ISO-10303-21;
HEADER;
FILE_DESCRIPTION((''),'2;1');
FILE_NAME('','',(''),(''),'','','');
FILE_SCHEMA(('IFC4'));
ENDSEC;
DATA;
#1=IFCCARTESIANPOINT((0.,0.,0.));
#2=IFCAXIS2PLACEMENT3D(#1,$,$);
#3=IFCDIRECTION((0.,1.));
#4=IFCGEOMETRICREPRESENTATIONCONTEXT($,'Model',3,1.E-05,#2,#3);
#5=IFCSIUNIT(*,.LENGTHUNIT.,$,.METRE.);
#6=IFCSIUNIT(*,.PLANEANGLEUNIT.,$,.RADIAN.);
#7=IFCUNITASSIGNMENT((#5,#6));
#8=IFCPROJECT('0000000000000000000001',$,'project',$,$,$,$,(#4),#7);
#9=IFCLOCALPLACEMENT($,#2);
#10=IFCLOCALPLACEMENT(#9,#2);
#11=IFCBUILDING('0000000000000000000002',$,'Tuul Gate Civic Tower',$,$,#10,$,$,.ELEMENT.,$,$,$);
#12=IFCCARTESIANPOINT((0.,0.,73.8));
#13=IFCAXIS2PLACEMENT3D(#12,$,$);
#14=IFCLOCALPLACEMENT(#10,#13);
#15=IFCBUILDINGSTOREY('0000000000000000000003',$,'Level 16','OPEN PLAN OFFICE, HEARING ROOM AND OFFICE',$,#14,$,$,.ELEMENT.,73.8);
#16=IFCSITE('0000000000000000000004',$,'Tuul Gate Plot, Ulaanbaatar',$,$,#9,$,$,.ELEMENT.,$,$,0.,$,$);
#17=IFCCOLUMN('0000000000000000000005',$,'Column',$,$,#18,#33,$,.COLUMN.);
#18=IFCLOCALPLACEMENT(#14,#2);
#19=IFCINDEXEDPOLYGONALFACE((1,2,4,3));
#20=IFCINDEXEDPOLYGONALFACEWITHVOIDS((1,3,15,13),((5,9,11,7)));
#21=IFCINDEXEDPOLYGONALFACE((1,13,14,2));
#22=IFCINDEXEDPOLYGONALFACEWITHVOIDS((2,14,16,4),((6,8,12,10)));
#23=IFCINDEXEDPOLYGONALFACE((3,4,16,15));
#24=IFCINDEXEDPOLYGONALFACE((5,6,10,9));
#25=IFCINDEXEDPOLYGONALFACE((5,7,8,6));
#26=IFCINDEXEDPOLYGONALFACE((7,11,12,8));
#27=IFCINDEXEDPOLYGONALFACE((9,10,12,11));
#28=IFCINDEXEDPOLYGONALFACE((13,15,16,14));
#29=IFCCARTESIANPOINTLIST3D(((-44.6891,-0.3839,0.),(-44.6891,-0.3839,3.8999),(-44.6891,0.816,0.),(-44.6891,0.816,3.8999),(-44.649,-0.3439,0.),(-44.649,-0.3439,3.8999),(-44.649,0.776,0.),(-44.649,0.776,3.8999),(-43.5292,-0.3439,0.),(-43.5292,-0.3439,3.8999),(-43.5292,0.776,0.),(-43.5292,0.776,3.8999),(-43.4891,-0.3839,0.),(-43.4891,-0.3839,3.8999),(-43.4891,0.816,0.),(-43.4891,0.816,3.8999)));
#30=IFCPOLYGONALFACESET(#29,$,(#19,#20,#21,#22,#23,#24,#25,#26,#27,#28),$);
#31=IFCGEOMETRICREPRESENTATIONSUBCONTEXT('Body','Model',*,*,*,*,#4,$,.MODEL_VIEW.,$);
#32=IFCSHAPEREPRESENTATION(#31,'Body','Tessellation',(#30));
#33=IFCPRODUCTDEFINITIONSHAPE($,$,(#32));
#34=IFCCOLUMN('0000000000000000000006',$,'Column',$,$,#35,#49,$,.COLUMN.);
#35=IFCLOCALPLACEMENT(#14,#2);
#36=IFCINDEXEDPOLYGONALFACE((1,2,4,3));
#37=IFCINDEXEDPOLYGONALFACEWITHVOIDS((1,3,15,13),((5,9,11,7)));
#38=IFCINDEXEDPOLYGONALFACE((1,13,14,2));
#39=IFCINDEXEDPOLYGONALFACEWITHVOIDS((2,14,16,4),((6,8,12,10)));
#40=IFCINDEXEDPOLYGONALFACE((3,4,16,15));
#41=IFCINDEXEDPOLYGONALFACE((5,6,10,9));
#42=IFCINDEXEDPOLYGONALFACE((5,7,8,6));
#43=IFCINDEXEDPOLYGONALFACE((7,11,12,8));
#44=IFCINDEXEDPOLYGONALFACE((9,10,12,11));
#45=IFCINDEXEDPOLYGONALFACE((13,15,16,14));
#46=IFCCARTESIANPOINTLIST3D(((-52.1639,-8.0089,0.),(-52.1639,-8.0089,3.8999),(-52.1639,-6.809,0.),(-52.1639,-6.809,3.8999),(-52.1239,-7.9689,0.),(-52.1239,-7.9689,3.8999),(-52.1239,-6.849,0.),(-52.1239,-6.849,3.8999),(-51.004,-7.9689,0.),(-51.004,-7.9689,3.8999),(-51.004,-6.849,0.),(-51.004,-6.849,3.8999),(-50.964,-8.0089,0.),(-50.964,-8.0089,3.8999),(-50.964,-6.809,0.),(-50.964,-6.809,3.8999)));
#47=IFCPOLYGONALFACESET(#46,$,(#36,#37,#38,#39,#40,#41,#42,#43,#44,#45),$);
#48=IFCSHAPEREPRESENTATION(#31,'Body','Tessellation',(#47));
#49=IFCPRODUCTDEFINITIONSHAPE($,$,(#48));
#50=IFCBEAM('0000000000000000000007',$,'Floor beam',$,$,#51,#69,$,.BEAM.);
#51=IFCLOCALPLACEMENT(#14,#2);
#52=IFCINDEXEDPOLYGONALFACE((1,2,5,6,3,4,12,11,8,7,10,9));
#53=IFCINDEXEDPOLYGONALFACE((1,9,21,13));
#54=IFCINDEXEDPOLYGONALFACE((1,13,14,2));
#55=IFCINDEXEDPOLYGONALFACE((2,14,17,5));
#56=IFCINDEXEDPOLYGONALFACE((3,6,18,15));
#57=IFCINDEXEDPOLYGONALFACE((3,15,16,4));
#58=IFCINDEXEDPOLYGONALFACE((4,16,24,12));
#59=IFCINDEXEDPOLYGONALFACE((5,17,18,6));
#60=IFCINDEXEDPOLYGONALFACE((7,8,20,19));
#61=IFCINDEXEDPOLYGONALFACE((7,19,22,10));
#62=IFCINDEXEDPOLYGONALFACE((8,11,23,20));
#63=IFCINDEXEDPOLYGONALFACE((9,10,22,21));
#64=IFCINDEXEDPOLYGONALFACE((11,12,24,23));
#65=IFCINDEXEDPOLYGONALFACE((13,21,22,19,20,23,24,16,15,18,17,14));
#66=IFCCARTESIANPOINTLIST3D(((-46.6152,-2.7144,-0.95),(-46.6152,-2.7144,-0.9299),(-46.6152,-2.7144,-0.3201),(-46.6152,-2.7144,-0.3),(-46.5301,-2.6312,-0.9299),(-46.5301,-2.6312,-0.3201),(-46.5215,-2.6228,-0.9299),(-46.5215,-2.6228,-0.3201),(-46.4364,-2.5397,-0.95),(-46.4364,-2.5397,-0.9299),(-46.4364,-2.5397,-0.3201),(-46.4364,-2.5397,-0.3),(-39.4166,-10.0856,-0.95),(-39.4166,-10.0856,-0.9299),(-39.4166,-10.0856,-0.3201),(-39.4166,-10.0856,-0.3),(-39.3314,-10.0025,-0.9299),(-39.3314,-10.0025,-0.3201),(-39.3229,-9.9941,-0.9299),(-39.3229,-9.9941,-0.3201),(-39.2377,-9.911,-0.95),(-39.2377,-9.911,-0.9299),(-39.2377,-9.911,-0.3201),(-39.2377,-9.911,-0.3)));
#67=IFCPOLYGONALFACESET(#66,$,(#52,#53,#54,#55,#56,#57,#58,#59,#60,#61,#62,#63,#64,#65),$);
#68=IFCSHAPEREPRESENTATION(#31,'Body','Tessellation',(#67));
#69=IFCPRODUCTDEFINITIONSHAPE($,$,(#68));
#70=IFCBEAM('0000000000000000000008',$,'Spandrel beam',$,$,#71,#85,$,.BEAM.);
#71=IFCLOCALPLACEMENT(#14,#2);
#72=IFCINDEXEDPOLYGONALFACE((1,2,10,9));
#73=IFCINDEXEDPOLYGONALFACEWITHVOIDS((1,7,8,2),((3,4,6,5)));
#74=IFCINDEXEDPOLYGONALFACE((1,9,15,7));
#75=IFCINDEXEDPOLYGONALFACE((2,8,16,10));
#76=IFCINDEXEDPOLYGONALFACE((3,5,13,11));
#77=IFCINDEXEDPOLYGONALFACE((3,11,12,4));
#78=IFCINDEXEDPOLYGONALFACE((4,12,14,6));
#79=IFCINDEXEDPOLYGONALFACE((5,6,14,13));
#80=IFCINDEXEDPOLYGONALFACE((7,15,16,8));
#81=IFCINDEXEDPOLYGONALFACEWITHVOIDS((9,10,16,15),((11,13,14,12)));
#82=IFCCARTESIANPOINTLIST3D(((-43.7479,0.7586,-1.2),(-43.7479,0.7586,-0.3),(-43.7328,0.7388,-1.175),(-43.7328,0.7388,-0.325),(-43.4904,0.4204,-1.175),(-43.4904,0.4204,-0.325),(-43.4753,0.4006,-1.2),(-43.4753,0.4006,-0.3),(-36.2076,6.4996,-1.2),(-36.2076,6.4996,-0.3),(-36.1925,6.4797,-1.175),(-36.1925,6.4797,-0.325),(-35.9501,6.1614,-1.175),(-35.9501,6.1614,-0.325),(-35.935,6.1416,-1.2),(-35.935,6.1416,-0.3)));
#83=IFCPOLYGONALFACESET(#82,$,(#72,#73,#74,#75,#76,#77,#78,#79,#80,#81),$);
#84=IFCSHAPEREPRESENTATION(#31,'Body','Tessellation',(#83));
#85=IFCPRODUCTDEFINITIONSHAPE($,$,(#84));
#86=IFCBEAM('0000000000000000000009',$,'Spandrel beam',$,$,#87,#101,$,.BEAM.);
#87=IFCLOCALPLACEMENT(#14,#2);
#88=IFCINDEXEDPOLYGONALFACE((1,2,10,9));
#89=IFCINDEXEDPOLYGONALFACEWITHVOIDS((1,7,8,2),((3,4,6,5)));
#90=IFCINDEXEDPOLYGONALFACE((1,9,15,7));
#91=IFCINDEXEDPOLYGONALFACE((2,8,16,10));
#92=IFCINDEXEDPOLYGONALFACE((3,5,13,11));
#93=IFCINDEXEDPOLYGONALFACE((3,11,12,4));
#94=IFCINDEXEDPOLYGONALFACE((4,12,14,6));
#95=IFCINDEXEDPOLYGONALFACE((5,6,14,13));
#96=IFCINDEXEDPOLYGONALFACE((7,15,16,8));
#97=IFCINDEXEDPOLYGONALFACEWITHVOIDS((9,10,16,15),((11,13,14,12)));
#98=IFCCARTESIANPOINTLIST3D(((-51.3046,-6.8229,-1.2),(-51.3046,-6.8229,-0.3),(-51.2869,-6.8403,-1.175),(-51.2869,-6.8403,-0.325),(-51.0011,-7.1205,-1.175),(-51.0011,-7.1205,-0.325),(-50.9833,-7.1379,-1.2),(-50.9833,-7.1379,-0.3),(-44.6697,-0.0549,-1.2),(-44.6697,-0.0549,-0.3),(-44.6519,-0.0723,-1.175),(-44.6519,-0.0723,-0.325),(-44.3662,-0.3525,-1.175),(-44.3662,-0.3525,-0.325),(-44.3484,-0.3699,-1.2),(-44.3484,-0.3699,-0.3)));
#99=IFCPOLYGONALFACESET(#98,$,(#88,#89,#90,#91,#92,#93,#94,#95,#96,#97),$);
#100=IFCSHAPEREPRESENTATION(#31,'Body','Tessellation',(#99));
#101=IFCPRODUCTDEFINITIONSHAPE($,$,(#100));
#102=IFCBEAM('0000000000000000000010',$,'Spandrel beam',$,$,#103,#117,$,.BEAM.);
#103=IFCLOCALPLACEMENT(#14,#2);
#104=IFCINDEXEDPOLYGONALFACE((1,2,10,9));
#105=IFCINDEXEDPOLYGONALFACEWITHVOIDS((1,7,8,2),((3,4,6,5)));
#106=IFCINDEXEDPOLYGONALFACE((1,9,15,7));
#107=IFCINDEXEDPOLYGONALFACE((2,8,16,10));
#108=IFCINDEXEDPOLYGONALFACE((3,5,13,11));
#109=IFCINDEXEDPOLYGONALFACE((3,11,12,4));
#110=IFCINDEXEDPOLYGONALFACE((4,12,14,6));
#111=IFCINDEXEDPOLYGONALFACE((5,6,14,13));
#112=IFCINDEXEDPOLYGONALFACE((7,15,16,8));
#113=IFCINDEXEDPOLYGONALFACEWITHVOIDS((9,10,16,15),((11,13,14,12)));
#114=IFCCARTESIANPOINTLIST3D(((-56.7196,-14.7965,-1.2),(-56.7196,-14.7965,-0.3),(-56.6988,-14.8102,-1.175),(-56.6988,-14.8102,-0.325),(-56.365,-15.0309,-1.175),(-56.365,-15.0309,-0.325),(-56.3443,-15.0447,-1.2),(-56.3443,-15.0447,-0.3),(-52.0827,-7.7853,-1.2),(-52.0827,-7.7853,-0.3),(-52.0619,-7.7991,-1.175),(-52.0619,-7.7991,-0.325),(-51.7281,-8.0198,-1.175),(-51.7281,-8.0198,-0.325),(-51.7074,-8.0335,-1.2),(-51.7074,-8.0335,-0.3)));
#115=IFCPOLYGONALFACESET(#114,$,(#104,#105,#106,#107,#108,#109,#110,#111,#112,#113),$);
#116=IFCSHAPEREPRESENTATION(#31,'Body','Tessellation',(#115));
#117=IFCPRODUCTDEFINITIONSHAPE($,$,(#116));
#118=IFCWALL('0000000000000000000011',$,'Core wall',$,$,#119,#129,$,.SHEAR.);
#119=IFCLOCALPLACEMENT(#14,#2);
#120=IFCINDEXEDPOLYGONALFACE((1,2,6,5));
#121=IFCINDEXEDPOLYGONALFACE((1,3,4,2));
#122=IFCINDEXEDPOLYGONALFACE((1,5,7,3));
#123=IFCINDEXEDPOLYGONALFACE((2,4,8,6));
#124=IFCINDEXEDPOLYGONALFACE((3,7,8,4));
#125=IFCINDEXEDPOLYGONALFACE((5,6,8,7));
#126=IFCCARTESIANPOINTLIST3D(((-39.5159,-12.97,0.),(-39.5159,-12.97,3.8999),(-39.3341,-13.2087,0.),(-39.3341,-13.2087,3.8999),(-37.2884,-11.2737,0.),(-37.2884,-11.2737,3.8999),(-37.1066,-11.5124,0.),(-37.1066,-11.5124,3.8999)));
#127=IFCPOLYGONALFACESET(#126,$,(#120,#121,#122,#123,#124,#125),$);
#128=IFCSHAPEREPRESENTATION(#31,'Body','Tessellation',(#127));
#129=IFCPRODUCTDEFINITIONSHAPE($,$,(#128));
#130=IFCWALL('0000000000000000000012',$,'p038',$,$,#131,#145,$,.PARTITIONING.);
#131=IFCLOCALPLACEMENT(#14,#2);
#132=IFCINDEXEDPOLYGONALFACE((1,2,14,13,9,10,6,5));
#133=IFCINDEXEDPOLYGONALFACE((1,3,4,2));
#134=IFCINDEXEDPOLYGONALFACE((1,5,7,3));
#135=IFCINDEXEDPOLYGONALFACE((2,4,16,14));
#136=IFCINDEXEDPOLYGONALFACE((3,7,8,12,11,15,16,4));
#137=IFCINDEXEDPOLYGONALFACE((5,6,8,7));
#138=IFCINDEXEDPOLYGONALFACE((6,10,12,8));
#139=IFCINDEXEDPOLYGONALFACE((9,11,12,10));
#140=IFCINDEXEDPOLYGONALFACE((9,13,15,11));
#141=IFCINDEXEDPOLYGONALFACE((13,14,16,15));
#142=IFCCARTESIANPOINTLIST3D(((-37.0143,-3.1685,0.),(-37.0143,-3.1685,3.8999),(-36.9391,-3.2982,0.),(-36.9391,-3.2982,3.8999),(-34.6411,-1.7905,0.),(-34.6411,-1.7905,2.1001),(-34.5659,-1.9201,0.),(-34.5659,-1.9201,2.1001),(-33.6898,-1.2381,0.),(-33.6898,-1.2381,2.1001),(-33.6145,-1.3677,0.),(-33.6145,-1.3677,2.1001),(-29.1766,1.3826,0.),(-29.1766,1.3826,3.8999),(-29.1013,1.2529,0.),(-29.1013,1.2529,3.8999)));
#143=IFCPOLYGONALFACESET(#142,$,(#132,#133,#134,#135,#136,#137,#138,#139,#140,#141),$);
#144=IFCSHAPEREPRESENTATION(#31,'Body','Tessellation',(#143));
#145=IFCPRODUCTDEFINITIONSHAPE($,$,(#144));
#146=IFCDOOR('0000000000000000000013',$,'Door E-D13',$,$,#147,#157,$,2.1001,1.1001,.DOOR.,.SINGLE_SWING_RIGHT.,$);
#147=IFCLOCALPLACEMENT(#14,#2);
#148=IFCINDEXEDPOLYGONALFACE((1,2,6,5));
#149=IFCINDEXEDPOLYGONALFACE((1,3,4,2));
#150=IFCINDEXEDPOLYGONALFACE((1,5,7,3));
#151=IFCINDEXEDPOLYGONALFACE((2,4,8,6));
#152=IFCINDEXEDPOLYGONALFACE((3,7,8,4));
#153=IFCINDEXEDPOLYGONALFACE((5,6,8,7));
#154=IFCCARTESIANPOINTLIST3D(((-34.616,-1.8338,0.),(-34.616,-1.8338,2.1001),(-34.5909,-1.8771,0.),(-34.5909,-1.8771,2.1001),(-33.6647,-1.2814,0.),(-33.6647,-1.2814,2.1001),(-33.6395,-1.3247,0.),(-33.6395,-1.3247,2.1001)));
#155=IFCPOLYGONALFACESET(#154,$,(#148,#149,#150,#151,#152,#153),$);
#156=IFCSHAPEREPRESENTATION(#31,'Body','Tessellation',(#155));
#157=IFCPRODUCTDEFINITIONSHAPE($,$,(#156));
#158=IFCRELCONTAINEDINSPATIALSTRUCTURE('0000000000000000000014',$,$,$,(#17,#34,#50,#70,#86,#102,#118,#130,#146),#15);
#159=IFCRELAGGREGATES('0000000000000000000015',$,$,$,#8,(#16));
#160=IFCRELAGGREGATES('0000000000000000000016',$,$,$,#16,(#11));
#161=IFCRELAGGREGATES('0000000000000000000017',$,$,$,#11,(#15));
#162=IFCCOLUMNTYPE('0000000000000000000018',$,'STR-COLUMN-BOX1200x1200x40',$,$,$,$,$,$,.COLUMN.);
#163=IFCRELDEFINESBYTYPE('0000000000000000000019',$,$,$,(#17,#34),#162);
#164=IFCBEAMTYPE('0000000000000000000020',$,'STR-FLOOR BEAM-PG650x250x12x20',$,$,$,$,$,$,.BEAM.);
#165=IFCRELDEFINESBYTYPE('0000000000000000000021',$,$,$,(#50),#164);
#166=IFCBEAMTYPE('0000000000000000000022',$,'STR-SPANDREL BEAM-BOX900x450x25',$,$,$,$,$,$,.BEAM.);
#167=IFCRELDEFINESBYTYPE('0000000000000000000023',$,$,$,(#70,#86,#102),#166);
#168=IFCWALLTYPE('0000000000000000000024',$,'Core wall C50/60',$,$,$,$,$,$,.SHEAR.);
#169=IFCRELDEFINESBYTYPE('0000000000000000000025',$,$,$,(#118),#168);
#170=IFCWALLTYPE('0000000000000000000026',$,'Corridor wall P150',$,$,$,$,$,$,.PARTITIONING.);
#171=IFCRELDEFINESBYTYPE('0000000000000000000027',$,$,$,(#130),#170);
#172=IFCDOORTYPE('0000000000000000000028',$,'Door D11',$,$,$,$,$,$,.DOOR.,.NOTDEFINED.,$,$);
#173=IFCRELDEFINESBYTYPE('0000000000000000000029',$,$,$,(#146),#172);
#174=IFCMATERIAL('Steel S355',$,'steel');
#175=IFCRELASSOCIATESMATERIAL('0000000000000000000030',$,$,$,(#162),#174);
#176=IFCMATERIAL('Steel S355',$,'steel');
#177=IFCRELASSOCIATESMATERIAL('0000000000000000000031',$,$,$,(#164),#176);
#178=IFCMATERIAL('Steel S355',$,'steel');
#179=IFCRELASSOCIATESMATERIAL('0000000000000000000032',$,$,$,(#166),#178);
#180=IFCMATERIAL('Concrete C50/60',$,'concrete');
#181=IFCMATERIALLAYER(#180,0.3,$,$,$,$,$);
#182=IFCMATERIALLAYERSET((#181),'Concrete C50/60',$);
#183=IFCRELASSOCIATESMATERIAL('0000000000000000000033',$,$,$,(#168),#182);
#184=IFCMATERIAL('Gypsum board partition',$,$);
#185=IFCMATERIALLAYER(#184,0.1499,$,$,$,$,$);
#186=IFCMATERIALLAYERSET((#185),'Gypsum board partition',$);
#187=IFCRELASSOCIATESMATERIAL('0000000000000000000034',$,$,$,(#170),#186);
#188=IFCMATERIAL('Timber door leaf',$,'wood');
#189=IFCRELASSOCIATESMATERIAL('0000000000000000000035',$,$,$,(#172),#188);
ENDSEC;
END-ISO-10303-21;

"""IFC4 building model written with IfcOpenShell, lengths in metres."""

from ifc_helpers import new_model, si_unit, direction, frame, frame_2d, origin, origin_2d, place, context, subcontext, project, spatial, rectangle, hollow_rectangle, i_section, extrude, material, layer, layer_set, material_profile, profile_set, type_object, element, fill, save


model = new_model("IFC4")

# Units and contexts
model_context = context("Model", 3, precision=1e-05, world=origin(), true_north=direction((0.0, 1.0)))
body_context = subcontext(model_context, "Body", "Model", "MODEL_VIEW")
ifc_project = project(units=[si_unit("LENGTHUNIT", "METRE"), si_unit("PLANEANGLEUNIT", "RADIAN")], contexts=[model_context])

# Site, building, storey
site_placement = place(None, origin())
site = spatial("IfcSite", under=ifc_project, at=site_placement, Name="Tuul Gate Plot, Ulaanbaatar", CompositionType="ELEMENT", RefElevation=0.0)
building_placement = place(site_placement, origin())
building = spatial("IfcBuilding", under=site, at=building_placement, Name="Tuul Gate Civic Tower", CompositionType="ELEMENT")
storey_placement = place(building_placement, frame((0.0, 0.0, 73.8)))
storey = spatial("IfcBuildingStorey", under=building, at=storey_placement, Name="Level 16", Description="OPEN PLAN OFFICE, HEARING ROOM AND OFFICE", CompositionType="ELEMENT", Elevation=73.8)

# Columns
ifc_material_1 = material(Name="Steel S355", Category="steel")
ifc_material_profile_1 = material_profile(ifc_material_1, hollow_rectangle(XDim=1.2, YDim=1.2, WallThickness=0.04, at=origin_2d()), Name="BOX1200x1200x40")
ifc_profile_set_1 = profile_set([ifc_material_profile_1], Name="Steel S355")
column_type = type_object("IfcColumnType", Name="STR-COLUMN-BOX1200x1200x40", PredefinedType="COLUMN", material=ifc_profile_set_1)
for number, where, z_axis, x_axis, name in (
    (1, (-44.0891, 0.2161, 0.0), (0.0, 0.0, 1.0), (1.0, 0.0, 0.0), "Column"),
    (2, (-51.564, -7.4089, 0.0), (0.0, 0.0, 1.0), (1.0, 0.0, 0.0), "Column"),
):
    element("IfcColumn", number, at=place(storey_placement, frame(where, z_axis=z_axis, x_axis=x_axis)), inside=storey, type_object=column_type, Name=name, PredefinedType="COLUMN", context=body_context, shape_type="SweptSolid", body=[
        extrude(hollow_rectangle(XDim=1.2, YDim=1.2, WallThickness=0.04, at=origin_2d()), origin(), (0.0, 0.0, 1.0), 3.8999),
    ])

# Beams
ifc_material_2 = material(Name="Steel S355", Category="steel")
ifc_material_profile_2 = material_profile(ifc_material_2, i_section(OverallWidth=0.25, OverallDepth=0.6499, WebThickness=0.012, FlangeThickness=0.02, at=origin_2d()), Name="PG650x250x12x20")
ifc_profile_set_2 = profile_set([ifc_material_profile_2], Name="Steel S355")
beam_type_1 = type_object("IfcBeamType", Name="STR-FLOOR BEAM-PG650x250x12x20", PredefinedType="BEAM", material=ifc_profile_set_2)
beam_1_placement = place(storey_placement, frame((-39.3271, -9.9983, -0.625), z_axis=(-0.698681, 0.715433, 0.0), x_axis=(-0.715433, -0.698681, 0.0)))
element("IfcBeam", 3, at=beam_1_placement, inside=storey, type_object=beam_type_1, Name="Floor beam", PredefinedType="BEAM", context=body_context, shape_type="SweptSolid", body=[
    extrude(i_section(OverallWidth=0.25, OverallDepth=0.6499, WebThickness=0.012, FlangeThickness=0.02, at=origin_2d()), origin(), (0.0, 0.0, 1.0), 10.3032),
])
ifc_material_3 = material(Name="Steel S355", Category="steel")
ifc_material_profile_3 = material_profile(ifc_material_3, hollow_rectangle(XDim=0.45, YDim=0.8999, WallThickness=0.0249, at=origin_2d()), Name="BOX900x450x25")
ifc_profile_set_3 = profile_set([ifc_material_profile_3], Name="Steel S355")
beam_type_2 = type_object("IfcBeamType", Name="STR-SPANDREL BEAM-BOX900x450x25", PredefinedType="BEAM", material=ifc_profile_set_3)
beam_2_placement = place(storey_placement, frame((-36.0713, 6.3206, -0.75), z_axis=(-0.795636, -0.605775, 0.0), x_axis=(0.605775, -0.795636, 0.0)))
element("IfcBeam", 4, at=beam_2_placement, inside=storey, type_object=beam_type_2, Name="Spandrel beam", PredefinedType="BEAM", context=body_context, shape_type="SweptSolid", body=[
    extrude(hollow_rectangle(XDim=0.45, YDim=0.8999, WallThickness=0.0249, at=origin_2d()), origin(), (0.0, 0.0, 1.0), 9.4771),
])
beam_3_placement = place(storey_placement, frame((-44.509, -0.2124, -0.75), z_axis=(-0.700053, -0.714091, 0.0), x_axis=(0.714091, -0.700053, 0.0)))
element("IfcBeam", 5, at=beam_3_placement, inside=storey, type_object=beam_type_2, Name="Spandrel beam", PredefinedType="BEAM", context=body_context, shape_type="SweptSolid", body=[
    extrude(hollow_rectangle(XDim=0.45, YDim=0.8999, WallThickness=0.0249, at=origin_2d()), origin(), (0.0, 0.0, 1.0), 9.4778),
])
beam_4_placement = place(storey_placement, frame((-51.895, -7.9094, -0.75), z_axis=(-0.551633, -0.834087, 0.0), x_axis=(0.834087, -0.551633, 0.0)))
element("IfcBeam", 6, at=beam_4_placement, inside=storey, type_object=beam_type_2, Name="Spandrel beam", PredefinedType="BEAM", context=body_context, shape_type="SweptSolid", body=[
    extrude(hollow_rectangle(XDim=0.45, YDim=0.8999, WallThickness=0.0249, at=origin_2d()), origin(), (0.0, 0.0, 1.0), 8.4058),
])

# Wall
ifc_material_4 = material(Name="Concrete C50/60", Category="concrete")
ifc_layer_1 = layer(ifc_material_4, 0.3)
ifc_layer_set_1 = layer_set([ifc_layer_1], Name="Concrete C50/60")
wall_type_1 = type_object("IfcWallType", Name="Core wall C50/60", PredefinedType="SHEAR", material=ifc_layer_set_1)
wall_1_placement = place(storey_placement, frame((-37.1975, -11.3931, 0.0), z_axis=(0.0, 0.0, 1.0), x_axis=(-0.795584, -0.605844, 0.0)))
element("IfcWall", 7, at=wall_1_placement, inside=storey, type_object=wall_type_1, Name="Core wall", PredefinedType="SHEAR", context=body_context, shape_type="SweptSolid", body=[
    extrude(rectangle(XDim=2.7998, YDim=0.3, at=frame_2d((1.3999, 0.0))), origin(), (0.0, 0.0, 1.0), 3.8999),
])

# Wall, opening, door
ifc_material_5 = material(Name="Gypsum board partition")
ifc_layer_2 = layer(ifc_material_5, 0.1499)
ifc_layer_set_2 = layer_set([ifc_layer_2], Name="Gypsum board partition")
wall_type_2 = type_object("IfcWallType", Name="Corridor wall P150", PredefinedType="PARTITIONING", material=ifc_layer_set_2)
wall_2_placement = place(storey_placement, frame((-36.9768, -3.2334, 0.0), z_axis=(0.0, 0.0, 1.0), x_axis=(0.864783, 0.502147, 0.0)))
wall_2 = element("IfcWall", 8, at=wall_2_placement, inside=storey, type_object=wall_type_2, Name="p038", PredefinedType="PARTITIONING", context=body_context, shape_type="SweptSolid", body=[
    extrude(rectangle(XDim=9.0632, YDim=0.1499, at=frame_2d((4.5317, 0.0))), origin(), (0.0, 0.0, 1.0), 3.8999),
])
opening_1_placement = place(wall_2_placement, frame((2.7444, 0.0, 0.0)))
opening_1 = element("IfcOpeningElement", 9, at=opening_1_placement, cuts=wall_2, PredefinedType="OPENING", context=body_context, shape_type="SweptSolid", body=[
    extrude(rectangle(XDim=1.1001, YDim=2.1001, at=frame_2d((0.55, 1.05))), frame((0.0, 0.085, 0.0), z_axis=(0.0, -1.0, 0.0), x_axis=(1.0, 0.0, 0.0)), (0.0, 0.0, 1.0), 0.1699),
])
ifc_material_6 = material(Name="Timber door leaf", Category="wood")
door_type_1 = type_object("IfcDoorType", Name="Door D11", OperationType="NOTDEFINED", PredefinedType="DOOR", material=ifc_material_6)
door_1_placement = place(opening_1_placement, origin())
door_1 = element("IfcDoor", 10, at=door_1_placement, inside=storey, type_object=door_type_1, Name="Door E-D13", OperationType="SINGLE_SWING_RIGHT", OverallHeight=2.1001, OverallWidth=1.1001, PredefinedType="DOOR", context=body_context, shape_type="SweptSolid", body=[
    extrude(rectangle(XDim=1.1001, YDim=2.1001, at=frame_2d((0.55, 1.05))), frame((0.0, 0.0249, 0.0), z_axis=(0.0, -1.0, 0.0), x_axis=(1.0, 0.0, 0.0)), (0.0, 0.0, 1.0), 0.05),
])
fill(opening_1, door_1)

save(model, "model.ifc")
